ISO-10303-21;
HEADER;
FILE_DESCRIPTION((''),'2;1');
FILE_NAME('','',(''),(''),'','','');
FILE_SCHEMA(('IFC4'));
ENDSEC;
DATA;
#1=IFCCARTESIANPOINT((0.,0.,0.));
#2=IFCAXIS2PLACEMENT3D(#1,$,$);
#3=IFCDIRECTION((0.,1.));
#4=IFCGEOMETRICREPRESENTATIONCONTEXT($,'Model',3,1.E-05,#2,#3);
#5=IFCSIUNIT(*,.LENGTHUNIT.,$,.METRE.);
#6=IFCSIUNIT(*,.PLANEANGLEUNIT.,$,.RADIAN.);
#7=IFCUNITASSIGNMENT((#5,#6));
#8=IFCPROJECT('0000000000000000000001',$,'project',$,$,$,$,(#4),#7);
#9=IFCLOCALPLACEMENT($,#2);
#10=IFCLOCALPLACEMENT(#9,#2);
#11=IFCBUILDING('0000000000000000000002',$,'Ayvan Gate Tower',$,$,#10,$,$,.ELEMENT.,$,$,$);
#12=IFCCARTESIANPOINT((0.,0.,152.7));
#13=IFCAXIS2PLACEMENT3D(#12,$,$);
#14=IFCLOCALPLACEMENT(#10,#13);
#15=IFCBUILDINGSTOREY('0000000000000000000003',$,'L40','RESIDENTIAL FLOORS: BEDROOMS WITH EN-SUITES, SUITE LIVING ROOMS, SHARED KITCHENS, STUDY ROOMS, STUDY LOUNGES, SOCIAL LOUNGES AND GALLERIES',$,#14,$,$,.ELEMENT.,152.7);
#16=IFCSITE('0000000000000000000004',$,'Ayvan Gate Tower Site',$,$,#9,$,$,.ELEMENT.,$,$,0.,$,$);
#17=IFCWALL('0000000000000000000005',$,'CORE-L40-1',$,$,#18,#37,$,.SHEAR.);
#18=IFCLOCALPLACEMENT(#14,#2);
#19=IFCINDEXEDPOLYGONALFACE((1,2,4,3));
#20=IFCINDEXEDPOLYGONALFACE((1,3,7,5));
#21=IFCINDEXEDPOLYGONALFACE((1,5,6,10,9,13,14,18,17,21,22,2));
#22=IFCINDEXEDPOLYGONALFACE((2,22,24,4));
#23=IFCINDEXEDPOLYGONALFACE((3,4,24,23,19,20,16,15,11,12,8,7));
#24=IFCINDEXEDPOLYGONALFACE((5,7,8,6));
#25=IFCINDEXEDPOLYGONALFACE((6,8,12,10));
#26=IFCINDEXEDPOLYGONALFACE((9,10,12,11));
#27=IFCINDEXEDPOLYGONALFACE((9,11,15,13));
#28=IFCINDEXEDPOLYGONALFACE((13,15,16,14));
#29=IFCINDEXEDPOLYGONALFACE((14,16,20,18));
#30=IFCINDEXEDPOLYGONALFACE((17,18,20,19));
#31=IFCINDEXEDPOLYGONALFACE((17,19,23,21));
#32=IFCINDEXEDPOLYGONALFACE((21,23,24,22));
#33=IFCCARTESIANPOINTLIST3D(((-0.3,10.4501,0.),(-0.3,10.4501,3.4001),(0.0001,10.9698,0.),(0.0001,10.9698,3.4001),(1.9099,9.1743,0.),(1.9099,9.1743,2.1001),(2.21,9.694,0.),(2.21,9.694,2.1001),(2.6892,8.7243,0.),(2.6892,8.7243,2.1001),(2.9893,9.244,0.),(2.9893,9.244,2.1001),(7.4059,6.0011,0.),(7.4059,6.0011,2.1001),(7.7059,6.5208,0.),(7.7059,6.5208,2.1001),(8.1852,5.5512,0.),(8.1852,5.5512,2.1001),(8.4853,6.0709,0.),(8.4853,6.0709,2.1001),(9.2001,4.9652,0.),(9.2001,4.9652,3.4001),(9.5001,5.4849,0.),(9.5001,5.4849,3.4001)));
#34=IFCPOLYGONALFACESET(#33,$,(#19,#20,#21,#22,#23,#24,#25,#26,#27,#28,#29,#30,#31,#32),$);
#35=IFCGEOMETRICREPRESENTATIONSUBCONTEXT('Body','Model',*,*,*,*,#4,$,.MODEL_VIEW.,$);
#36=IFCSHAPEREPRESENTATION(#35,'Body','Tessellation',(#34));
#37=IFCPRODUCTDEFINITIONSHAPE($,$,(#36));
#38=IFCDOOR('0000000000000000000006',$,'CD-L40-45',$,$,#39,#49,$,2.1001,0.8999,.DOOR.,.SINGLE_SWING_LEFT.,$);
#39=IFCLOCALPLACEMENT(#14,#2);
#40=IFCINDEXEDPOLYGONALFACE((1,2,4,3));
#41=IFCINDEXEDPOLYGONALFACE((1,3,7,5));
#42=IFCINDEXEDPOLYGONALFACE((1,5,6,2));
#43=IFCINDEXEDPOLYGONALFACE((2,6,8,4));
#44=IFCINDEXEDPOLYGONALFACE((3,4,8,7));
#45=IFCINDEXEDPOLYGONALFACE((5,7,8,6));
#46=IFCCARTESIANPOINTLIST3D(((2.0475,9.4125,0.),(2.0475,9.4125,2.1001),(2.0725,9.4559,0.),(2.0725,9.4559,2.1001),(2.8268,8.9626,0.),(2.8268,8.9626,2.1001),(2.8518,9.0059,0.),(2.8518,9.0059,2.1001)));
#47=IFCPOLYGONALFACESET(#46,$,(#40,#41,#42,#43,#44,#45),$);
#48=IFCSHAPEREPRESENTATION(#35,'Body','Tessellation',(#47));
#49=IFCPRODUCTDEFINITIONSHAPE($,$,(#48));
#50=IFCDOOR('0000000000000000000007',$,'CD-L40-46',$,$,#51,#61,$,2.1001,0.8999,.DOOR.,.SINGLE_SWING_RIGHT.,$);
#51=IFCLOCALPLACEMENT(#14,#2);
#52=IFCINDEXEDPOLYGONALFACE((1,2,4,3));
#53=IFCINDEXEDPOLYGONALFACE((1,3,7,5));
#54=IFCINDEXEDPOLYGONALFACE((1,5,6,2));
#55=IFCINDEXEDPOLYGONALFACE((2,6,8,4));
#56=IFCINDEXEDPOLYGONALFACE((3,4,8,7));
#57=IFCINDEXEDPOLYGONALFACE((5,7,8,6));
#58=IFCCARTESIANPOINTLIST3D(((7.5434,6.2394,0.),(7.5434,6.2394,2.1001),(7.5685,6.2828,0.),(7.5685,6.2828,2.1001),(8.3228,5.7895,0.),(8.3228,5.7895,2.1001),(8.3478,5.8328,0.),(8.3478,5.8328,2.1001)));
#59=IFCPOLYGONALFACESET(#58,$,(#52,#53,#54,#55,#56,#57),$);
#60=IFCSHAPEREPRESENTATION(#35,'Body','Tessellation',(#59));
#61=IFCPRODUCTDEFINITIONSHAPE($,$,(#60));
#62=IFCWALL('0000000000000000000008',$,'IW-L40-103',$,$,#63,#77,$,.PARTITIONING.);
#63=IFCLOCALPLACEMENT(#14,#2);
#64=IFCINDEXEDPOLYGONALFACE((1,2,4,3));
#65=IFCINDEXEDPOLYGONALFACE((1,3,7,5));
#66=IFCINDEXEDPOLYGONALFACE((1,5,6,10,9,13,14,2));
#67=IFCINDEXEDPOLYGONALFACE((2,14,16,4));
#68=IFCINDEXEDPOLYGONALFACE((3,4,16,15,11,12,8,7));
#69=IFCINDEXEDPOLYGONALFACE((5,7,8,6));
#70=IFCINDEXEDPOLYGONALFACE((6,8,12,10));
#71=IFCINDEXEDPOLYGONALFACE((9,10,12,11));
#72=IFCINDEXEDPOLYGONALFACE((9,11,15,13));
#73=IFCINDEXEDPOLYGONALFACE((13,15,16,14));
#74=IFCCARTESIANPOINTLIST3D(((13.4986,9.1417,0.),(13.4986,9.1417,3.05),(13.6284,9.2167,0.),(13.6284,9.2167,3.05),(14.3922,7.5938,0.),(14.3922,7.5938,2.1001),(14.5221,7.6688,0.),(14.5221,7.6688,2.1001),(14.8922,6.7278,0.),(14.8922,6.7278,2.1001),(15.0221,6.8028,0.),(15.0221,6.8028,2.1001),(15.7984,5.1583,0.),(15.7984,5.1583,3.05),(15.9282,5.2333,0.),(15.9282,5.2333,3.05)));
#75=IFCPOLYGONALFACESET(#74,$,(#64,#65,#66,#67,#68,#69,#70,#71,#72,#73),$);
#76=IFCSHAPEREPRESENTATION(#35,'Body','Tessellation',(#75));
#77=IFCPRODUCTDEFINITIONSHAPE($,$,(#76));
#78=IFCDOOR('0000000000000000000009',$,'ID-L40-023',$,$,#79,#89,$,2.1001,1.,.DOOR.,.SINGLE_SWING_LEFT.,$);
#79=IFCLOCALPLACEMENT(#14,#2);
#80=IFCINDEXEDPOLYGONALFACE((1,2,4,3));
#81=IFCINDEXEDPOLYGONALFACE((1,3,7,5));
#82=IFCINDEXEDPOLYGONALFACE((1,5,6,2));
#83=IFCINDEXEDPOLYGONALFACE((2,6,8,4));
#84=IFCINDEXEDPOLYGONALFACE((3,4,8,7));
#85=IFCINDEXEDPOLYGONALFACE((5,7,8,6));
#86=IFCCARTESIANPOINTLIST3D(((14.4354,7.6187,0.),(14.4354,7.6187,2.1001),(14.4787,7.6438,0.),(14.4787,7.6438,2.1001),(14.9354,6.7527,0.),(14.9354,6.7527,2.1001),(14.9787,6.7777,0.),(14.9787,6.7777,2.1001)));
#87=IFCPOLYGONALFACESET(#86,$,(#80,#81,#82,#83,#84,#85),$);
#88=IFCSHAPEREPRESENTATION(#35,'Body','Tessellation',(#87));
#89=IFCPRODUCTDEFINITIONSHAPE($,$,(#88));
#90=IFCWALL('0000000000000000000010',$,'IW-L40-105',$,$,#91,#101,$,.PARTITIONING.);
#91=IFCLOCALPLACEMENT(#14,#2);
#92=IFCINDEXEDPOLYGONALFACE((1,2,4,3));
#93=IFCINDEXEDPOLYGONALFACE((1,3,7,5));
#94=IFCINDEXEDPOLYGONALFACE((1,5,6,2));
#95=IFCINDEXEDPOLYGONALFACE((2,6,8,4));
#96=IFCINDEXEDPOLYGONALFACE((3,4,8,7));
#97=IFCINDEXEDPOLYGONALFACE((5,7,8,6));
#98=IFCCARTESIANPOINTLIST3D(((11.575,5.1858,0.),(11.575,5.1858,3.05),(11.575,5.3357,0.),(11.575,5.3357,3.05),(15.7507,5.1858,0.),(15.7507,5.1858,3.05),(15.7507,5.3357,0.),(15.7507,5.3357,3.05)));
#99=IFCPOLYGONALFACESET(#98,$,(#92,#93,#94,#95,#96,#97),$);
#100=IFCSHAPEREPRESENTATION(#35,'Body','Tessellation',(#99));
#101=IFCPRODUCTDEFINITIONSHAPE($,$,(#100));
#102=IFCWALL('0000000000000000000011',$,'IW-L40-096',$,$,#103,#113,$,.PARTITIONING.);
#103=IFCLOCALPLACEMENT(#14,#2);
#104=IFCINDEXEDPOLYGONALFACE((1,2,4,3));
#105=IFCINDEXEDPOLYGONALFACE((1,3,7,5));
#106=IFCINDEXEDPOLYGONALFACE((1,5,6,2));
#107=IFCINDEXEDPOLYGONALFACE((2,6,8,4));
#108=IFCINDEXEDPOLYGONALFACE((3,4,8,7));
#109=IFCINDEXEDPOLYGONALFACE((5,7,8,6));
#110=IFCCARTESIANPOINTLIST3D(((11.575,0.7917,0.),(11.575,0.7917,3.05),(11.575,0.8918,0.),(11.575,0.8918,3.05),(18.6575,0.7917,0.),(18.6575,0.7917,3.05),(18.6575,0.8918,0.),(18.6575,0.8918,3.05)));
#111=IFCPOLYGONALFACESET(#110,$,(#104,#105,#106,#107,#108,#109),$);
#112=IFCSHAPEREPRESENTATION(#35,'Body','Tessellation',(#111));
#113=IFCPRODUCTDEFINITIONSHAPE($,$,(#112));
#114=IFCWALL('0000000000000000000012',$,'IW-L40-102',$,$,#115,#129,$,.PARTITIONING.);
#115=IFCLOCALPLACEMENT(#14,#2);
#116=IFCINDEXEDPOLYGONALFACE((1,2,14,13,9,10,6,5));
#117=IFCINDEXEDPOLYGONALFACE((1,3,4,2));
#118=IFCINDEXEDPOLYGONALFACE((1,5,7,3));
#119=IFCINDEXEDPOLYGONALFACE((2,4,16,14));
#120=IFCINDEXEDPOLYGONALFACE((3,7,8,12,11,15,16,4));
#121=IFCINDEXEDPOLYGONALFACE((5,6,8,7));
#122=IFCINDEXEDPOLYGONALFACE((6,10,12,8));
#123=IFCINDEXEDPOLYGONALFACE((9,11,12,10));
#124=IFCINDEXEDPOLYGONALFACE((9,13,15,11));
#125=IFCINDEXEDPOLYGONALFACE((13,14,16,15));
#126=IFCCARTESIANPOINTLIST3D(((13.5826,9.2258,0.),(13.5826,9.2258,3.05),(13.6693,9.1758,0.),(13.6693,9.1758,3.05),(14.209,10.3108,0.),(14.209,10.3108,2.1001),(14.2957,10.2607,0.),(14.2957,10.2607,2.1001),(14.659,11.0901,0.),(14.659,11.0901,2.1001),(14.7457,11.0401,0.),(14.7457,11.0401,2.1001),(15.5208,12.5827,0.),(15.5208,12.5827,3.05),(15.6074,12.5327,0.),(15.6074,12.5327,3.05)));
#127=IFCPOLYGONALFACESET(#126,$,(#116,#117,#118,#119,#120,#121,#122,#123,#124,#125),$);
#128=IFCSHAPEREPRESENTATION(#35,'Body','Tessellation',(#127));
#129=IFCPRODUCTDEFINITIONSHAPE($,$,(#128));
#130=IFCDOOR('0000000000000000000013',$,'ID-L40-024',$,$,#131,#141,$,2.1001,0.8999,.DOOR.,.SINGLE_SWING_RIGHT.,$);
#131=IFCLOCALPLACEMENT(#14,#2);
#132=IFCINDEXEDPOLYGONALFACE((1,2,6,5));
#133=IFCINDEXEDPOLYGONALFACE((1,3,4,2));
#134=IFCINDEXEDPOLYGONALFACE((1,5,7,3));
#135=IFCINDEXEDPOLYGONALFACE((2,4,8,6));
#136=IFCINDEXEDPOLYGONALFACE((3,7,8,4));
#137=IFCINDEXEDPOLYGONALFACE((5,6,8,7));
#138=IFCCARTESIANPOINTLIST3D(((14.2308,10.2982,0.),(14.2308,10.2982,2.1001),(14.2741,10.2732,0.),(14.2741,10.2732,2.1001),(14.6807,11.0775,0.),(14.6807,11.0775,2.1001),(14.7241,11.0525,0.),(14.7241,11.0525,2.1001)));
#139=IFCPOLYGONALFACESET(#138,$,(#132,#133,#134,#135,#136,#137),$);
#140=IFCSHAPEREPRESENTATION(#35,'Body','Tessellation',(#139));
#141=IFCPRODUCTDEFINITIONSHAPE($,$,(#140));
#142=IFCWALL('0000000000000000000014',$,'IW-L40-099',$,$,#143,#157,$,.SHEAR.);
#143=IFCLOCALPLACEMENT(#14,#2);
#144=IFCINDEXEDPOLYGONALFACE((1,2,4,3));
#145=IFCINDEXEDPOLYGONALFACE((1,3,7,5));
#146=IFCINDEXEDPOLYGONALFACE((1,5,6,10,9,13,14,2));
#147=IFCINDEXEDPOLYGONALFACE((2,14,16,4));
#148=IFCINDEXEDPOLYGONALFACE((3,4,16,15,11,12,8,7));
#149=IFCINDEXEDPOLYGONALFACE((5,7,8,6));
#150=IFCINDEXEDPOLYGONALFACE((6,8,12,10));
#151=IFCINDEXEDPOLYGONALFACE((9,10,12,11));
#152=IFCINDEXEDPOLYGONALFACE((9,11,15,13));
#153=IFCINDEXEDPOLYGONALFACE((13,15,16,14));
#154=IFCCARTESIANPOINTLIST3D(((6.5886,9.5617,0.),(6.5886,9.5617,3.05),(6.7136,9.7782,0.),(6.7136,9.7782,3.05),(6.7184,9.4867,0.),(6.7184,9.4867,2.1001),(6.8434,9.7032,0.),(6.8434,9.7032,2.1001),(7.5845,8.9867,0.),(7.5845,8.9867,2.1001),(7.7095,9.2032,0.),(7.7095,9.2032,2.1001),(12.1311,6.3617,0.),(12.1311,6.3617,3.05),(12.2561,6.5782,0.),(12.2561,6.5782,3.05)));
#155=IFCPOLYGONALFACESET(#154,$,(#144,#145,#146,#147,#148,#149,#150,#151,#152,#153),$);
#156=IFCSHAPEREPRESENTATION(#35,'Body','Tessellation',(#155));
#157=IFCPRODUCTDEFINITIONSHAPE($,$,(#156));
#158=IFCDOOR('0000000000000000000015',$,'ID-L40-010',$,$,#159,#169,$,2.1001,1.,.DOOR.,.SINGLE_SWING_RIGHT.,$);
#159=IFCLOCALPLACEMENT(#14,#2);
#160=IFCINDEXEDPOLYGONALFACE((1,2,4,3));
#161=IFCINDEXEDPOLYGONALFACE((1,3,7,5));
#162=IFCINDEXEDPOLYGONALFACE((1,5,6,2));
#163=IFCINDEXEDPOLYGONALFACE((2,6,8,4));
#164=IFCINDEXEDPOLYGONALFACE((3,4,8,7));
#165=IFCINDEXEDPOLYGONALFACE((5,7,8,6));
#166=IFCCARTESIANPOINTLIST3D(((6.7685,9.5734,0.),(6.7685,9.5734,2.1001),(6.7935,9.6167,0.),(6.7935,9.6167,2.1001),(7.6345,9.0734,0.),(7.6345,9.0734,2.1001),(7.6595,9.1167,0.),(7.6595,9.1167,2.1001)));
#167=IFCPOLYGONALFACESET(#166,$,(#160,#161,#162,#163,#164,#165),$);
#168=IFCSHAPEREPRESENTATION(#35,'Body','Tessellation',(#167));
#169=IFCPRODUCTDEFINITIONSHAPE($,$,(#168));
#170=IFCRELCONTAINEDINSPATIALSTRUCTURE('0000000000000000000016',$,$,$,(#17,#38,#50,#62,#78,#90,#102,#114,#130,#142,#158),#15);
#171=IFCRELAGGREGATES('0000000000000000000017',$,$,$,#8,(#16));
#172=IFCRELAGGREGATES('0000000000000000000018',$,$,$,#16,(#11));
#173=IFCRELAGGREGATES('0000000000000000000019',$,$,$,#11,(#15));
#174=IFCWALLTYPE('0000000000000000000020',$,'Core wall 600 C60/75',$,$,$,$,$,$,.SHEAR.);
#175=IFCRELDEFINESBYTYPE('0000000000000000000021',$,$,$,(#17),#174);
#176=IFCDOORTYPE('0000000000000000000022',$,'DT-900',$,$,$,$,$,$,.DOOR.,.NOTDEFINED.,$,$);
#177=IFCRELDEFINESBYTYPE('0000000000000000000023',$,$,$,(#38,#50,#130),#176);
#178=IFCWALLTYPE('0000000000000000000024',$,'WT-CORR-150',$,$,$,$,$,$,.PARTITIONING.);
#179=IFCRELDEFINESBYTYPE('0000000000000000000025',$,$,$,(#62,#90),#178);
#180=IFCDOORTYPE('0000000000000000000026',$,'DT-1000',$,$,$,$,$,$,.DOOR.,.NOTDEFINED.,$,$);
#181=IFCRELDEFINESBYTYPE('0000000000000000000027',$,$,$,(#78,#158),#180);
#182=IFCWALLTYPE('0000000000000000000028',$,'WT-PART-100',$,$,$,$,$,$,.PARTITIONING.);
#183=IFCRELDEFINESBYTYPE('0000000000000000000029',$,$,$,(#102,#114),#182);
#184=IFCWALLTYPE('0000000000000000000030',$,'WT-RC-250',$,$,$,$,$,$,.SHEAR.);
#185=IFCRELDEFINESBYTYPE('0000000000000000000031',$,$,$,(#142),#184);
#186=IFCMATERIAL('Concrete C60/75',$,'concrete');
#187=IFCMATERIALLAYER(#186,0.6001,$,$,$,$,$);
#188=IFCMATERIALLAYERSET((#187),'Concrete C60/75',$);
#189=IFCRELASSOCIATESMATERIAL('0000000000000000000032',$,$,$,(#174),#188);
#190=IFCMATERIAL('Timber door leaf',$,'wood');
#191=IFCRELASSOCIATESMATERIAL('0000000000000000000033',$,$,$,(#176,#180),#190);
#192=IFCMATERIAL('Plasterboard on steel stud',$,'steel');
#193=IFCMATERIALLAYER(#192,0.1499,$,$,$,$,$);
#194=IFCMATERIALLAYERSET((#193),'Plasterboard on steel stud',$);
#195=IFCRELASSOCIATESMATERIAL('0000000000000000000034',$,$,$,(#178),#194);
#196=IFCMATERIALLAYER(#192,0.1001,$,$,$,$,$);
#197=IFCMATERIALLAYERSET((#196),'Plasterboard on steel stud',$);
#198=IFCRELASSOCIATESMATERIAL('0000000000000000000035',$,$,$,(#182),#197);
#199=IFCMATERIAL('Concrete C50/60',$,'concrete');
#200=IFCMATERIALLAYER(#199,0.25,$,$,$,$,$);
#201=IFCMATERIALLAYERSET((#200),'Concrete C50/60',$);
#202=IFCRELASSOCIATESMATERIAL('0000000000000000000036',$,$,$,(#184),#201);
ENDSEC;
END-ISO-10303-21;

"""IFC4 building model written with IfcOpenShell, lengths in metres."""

from ifc_helpers import new_model, si_unit, direction, frame, frame_2d, origin, place, context, subcontext, project, spatial, rectangle, extrude, material, layer, layer_set, type_object, element, fill, save


model = new_model("IFC4")

# Units and contexts
model_context = context("Model", 3, precision=1e-05, world=origin(), true_north=direction((0.0, 1.0)))
body_context = subcontext(model_context, "Body", "Model", "MODEL_VIEW")
ifc_project = project(units=[si_unit("LENGTHUNIT", "METRE"), si_unit("PLANEANGLEUNIT", "RADIAN")], contexts=[model_context])

# Site, building, storey
site_placement = place(None, origin())
site = spatial("IfcSite", under=ifc_project, at=site_placement, Name="Ayvan Gate Tower Site", CompositionType="ELEMENT", RefElevation=0.0)
building_placement = place(site_placement, origin())
building = spatial("IfcBuilding", under=site, at=building_placement, Name="Ayvan Gate Tower", CompositionType="ELEMENT")
storey_placement = place(building_placement, frame((0.0, 0.0, 152.7)))
storey = spatial("IfcBuildingStorey", under=building, at=storey_placement, Name="L40", Description="RESIDENTIAL FLOORS: BEDROOMS WITH EN-SUITES, SUITE LIVING ROOMS, SHARED KITCHENS, STUDY ROOMS, STUDY LOUNGES, SOCIAL LOUNGES AND GALLERIES", CompositionType="ELEMENT", Elevation=152.7)

# Wall, openings, doors
ifc_material_1 = material(Name="Concrete C60/75", Category="concrete")
ifc_layer_1 = layer(ifc_material_1, 0.6001)
ifc_layer_set_1 = layer_set([ifc_layer_1], Name="Concrete C60/75")
wall_type_1 = type_object("IfcWallType", Name="Core wall 600 C60/75", PredefinedType="SHEAR", material=ifc_layer_set_1)
wall_1_placement = place(storey_placement, frame((9.3501, 5.2251, 0.0), z_axis=(0.0, 0.0, 1.0), x_axis=(-0.866024, 0.500002, 0.0)))
wall_1 = element("IfcWall", 1, at=wall_1_placement, inside=storey, type_object=wall_type_1, Name="CORE-L40-1", PredefinedType="SHEAR", context=body_context, shape_type="SweptSolid", body=[
    extrude(rectangle(XDim=10.9697, YDim=0.6001, at=frame_2d((5.4849, 0.0))), origin(), (0.0, 0.0, 1.0), 3.4001),
])
opening_1_placement = place(wall_1_placement, frame((7.5181, 0.0, 0.0)))
opening_1 = element("IfcOpeningElement", 2, at=opening_1_placement, cuts=wall_1, PredefinedType="OPENING", context=body_context, shape_type="SweptSolid", body=[
    extrude(rectangle(XDim=0.8999, YDim=2.1001, at=frame_2d((0.45, 1.05))), frame((0.0, 0.3101, 0.0), z_axis=(0.0, -1.0, 0.0), x_axis=(1.0, 0.0, 0.0)), (0.0, 0.0, 1.0), 0.6201),
])
opening_2_placement = place(wall_1_placement, frame((1.1719, 0.0, 0.0)))
opening_2 = element("IfcOpeningElement", 3, at=opening_2_placement, cuts=wall_1, PredefinedType="OPENING", context=body_context, shape_type="SweptSolid", body=[
    extrude(rectangle(XDim=0.8999, YDim=2.1001, at=frame_2d((0.45, 1.05))), frame((0.0, 0.3101, 0.0), z_axis=(0.0, -1.0, 0.0), x_axis=(1.0, 0.0, 0.0)), (0.0, 0.0, 1.0), 0.6201),
])
ifc_material_2 = material(Name="Timber door leaf", Category="wood")
door_type_1 = type_object("IfcDoorType", Name="DT-900", OperationType="NOTDEFINED", PredefinedType="DOOR", material=ifc_material_2)
door_1_placement = place(opening_1_placement, origin())
door_1 = element("IfcDoor", 4, at=door_1_placement, inside=storey, type_object=door_type_1, Name="CD-L40-45", OperationType="SINGLE_SWING_LEFT", OverallHeight=2.1001, OverallWidth=0.8999, PredefinedType="DOOR", context=body_context, shape_type="SweptSolid", body=[
    extrude(rectangle(XDim=0.8999, YDim=2.1001, at=frame_2d((0.45, 1.05))), frame((0.0, 0.0249, 0.0), z_axis=(0.0, -1.0, 0.0), x_axis=(1.0, 0.0, 0.0)), (0.0, 0.0, 1.0), 0.05),
])
fill(opening_1, door_1)
door_2_placement = place(opening_2_placement, origin())
door_2 = element("IfcDoor", 5, at=door_2_placement, inside=storey, type_object=door_type_1, Name="CD-L40-46", OperationType="SINGLE_SWING_RIGHT", OverallHeight=2.1001, OverallWidth=0.8999, PredefinedType="DOOR", context=body_context, shape_type="SweptSolid", body=[
    extrude(rectangle(XDim=0.8999, YDim=2.1001, at=frame_2d((0.45, 1.05))), frame((0.0, 0.0249, 0.0), z_axis=(0.0, -1.0, 0.0), x_axis=(1.0, 0.0, 0.0)), (0.0, 0.0, 1.0), 0.05),
])
fill(opening_2, door_2)

# Wall, opening, door
ifc_material_3 = material(Name="Plasterboard on steel stud", Category="steel")
ifc_layer_2 = layer(ifc_material_3, 0.1499)
ifc_layer_set_2 = layer_set([ifc_layer_2], Name="Plasterboard on steel stud")
wall_type_2 = type_object("IfcWallType", Name="WT-CORR-150", PredefinedType="PARTITIONING", material=ifc_layer_set_2)
wall_2_placement = place(storey_placement, frame((13.5635, 9.1792, 0.0), z_axis=(0.0, 0.0, 1.0), x_axis=(0.499998, -0.866026, 0.0)))
wall_2 = element("IfcWall", 6, at=wall_2_placement, inside=storey, type_object=wall_type_2, Name="IW-L40-103", PredefinedType="PARTITIONING", context=body_context, shape_type="SweptSolid", body=[
    extrude(rectangle(XDim=4.5996, YDim=0.1499, at=frame_2d((2.2998, 0.0))), origin(), (0.0, 0.0, 1.0), 3.05),
])
opening_3_placement = place(wall_2_placement, frame((1.7874, 0.0, 0.0)))
opening_3 = element("IfcOpeningElement", 7, at=opening_3_placement, cuts=wall_2, PredefinedType="OPENING", context=body_context, shape_type="SweptSolid", body=[
    extrude(rectangle(XDim=1.0, YDim=2.1001, at=frame_2d((0.5, 1.05))), frame((0.0, 0.085, 0.0), z_axis=(0.0, -1.0, 0.0), x_axis=(1.0, 0.0, 0.0)), (0.0, 0.0, 1.0), 0.1699),
])
door_type_2 = type_object("IfcDoorType", Name="DT-1000", OperationType="NOTDEFINED", PredefinedType="DOOR", material=ifc_material_2)
door_3_placement = place(opening_3_placement, origin())
door_3 = element("IfcDoor", 8, at=door_3_placement, inside=storey, type_object=door_type_2, Name="ID-L40-023", OperationType="SINGLE_SWING_LEFT", OverallHeight=2.1001, OverallWidth=1.0, PredefinedType="DOOR", context=body_context, shape_type="SweptSolid", body=[
    extrude(rectangle(XDim=1.0, YDim=2.1001, at=frame_2d((0.5, 1.05))), frame((0.0, 0.0249, 0.0), z_axis=(0.0, -1.0, 0.0), x_axis=(1.0, 0.0, 0.0)), (0.0, 0.0, 1.0), 0.05),
])
fill(opening_3, door_3)

# Walls
wall_3_placement = place(storey_placement, frame((15.7507, 5.2607, 0.0), z_axis=(0.0, 0.0, 1.0), x_axis=(-1.0, 0.0, 0.0)))
element("IfcWall", 9, at=wall_3_placement, inside=storey, type_object=wall_type_2, Name="IW-L40-105", PredefinedType="PARTITIONING", context=body_context, shape_type="SweptSolid", body=[
    extrude(rectangle(XDim=4.1758, YDim=0.1499, at=frame_2d((2.0879, 0.0))), origin(), (0.0, 0.0, 1.0), 3.05),
])
ifc_layer_3 = layer(ifc_material_3, 0.1001)
ifc_layer_set_3 = layer_set([ifc_layer_3], Name="Plasterboard on steel stud")
wall_type_3 = type_object("IfcWallType", Name="WT-PART-100", PredefinedType="PARTITIONING", material=ifc_layer_set_3)
wall_4_placement = place(storey_placement, frame((11.575, 0.8418, 0.0), z_axis=(0.0, 0.0, 1.0), x_axis=(1.0, 0.0, 0.0)))
element("IfcWall", 10, at=wall_4_placement, inside=storey, type_object=wall_type_3, Name="IW-L40-096", PredefinedType="PARTITIONING", context=body_context, shape_type="SweptSolid", body=[
    extrude(rectangle(XDim=7.0825, YDim=0.1001, at=frame_2d((3.5413, 0.0))), origin(), (0.0, 0.0, 1.0), 3.05),
])

# Walls, openings, doors
wall_5_placement = place(storey_placement, frame((13.626, 9.2009, 0.0), z_axis=(0.0, 0.0, 1.0), x_axis=(0.50002, 0.866014, 0.0)))
wall_5 = element("IfcWall", 11, at=wall_5_placement, inside=storey, type_object=wall_type_3, Name="IW-L40-102", PredefinedType="PARTITIONING", context=body_context, shape_type="SweptSolid", body=[
    extrude(rectangle(XDim=3.8762, YDim=0.1001, at=frame_2d((1.938, 0.0))), origin(), (0.0, 0.0, 1.0), 3.05),
])
opening_4_placement = place(wall_5_placement, frame((1.2527, 0.0, 0.0)))
opening_4 = element("IfcOpeningElement", 12, at=opening_4_placement, cuts=wall_5, PredefinedType="OPENING", context=body_context, shape_type="SweptSolid", body=[
    extrude(rectangle(XDim=0.8999, YDim=2.1001, at=frame_2d((0.45, 1.05))), frame((0.0, 0.0601, 0.0), z_axis=(0.0, -1.0, 0.0), x_axis=(1.0, 0.0, 0.0)), (0.0, 0.0, 1.0), 0.1201),
])
door_4_placement = place(opening_4_placement, origin())
door_4 = element("IfcDoor", 13, at=door_4_placement, inside=storey, type_object=door_type_1, Name="ID-L40-024", OperationType="SINGLE_SWING_RIGHT", OverallHeight=2.1001, OverallWidth=0.8999, PredefinedType="DOOR", context=body_context, shape_type="SweptSolid", body=[
    extrude(rectangle(XDim=0.8999, YDim=2.1001, at=frame_2d((0.45, 1.05))), frame((0.0, 0.0249, 0.0), z_axis=(0.0, -1.0, 0.0), x_axis=(1.0, 0.0, 0.0)), (0.0, 0.0, 1.0), 0.05),
])
fill(opening_4, door_4)
ifc_material_4 = material(Name="Concrete C50/60", Category="concrete")
ifc_layer_4 = layer(ifc_material_4, 0.25)
ifc_layer_set_4 = layer_set([ifc_layer_4], Name="Concrete C50/60")
wall_type_4 = type_object("IfcWallType", Name="WT-RC-250", PredefinedType="SHEAR", material=ifc_layer_set_4)
wall_6_placement = place(storey_placement, frame((12.1936, 6.47, 0.0), z_axis=(0.0, 0.0, 1.0), x_axis=(-0.866025, 0.5, 0.0)))
wall_6 = element("IfcWall", 14, at=wall_6_placement, inside=storey, type_object=wall_type_4, Name="IW-L40-099", PredefinedType="SHEAR", context=body_context, shape_type="SweptSolid", body=[
    extrude(rectangle(XDim=6.3999, YDim=0.25, at=frame_2d((3.2, 0.0))), origin(), (0.0, 0.0, 1.0), 3.05),
])
opening_5_placement = place(wall_6_placement, frame((5.25, 0.0, 0.0)))
opening_5 = element("IfcOpeningElement", 15, at=opening_5_placement, cuts=wall_6, PredefinedType="OPENING", context=body_context, shape_type="SweptSolid", body=[
    extrude(rectangle(XDim=1.0, YDim=2.1001, at=frame_2d((0.5, 1.05))), frame((0.0, 0.135, 0.0), z_axis=(0.0, -1.0, 0.0), x_axis=(1.0, 0.0, 0.0)), (0.0, 0.0, 1.0), 0.27),
])
door_5_placement = place(opening_5_placement, origin())
door_5 = element("IfcDoor", 16, at=door_5_placement, inside=storey, type_object=door_type_2, Name="ID-L40-010", OperationType="SINGLE_SWING_RIGHT", OverallHeight=2.1001, OverallWidth=1.0, PredefinedType="DOOR", context=body_context, shape_type="SweptSolid", body=[
    extrude(rectangle(XDim=1.0, YDim=2.1001, at=frame_2d((0.5, 1.05))), frame((0.0, 0.0249, 0.0), z_axis=(0.0, -1.0, 0.0), x_axis=(1.0, 0.0, 0.0)), (0.0, 0.0, 1.0), 0.05),
])
fill(opening_5, door_5)

save(model, "model.ifc")
